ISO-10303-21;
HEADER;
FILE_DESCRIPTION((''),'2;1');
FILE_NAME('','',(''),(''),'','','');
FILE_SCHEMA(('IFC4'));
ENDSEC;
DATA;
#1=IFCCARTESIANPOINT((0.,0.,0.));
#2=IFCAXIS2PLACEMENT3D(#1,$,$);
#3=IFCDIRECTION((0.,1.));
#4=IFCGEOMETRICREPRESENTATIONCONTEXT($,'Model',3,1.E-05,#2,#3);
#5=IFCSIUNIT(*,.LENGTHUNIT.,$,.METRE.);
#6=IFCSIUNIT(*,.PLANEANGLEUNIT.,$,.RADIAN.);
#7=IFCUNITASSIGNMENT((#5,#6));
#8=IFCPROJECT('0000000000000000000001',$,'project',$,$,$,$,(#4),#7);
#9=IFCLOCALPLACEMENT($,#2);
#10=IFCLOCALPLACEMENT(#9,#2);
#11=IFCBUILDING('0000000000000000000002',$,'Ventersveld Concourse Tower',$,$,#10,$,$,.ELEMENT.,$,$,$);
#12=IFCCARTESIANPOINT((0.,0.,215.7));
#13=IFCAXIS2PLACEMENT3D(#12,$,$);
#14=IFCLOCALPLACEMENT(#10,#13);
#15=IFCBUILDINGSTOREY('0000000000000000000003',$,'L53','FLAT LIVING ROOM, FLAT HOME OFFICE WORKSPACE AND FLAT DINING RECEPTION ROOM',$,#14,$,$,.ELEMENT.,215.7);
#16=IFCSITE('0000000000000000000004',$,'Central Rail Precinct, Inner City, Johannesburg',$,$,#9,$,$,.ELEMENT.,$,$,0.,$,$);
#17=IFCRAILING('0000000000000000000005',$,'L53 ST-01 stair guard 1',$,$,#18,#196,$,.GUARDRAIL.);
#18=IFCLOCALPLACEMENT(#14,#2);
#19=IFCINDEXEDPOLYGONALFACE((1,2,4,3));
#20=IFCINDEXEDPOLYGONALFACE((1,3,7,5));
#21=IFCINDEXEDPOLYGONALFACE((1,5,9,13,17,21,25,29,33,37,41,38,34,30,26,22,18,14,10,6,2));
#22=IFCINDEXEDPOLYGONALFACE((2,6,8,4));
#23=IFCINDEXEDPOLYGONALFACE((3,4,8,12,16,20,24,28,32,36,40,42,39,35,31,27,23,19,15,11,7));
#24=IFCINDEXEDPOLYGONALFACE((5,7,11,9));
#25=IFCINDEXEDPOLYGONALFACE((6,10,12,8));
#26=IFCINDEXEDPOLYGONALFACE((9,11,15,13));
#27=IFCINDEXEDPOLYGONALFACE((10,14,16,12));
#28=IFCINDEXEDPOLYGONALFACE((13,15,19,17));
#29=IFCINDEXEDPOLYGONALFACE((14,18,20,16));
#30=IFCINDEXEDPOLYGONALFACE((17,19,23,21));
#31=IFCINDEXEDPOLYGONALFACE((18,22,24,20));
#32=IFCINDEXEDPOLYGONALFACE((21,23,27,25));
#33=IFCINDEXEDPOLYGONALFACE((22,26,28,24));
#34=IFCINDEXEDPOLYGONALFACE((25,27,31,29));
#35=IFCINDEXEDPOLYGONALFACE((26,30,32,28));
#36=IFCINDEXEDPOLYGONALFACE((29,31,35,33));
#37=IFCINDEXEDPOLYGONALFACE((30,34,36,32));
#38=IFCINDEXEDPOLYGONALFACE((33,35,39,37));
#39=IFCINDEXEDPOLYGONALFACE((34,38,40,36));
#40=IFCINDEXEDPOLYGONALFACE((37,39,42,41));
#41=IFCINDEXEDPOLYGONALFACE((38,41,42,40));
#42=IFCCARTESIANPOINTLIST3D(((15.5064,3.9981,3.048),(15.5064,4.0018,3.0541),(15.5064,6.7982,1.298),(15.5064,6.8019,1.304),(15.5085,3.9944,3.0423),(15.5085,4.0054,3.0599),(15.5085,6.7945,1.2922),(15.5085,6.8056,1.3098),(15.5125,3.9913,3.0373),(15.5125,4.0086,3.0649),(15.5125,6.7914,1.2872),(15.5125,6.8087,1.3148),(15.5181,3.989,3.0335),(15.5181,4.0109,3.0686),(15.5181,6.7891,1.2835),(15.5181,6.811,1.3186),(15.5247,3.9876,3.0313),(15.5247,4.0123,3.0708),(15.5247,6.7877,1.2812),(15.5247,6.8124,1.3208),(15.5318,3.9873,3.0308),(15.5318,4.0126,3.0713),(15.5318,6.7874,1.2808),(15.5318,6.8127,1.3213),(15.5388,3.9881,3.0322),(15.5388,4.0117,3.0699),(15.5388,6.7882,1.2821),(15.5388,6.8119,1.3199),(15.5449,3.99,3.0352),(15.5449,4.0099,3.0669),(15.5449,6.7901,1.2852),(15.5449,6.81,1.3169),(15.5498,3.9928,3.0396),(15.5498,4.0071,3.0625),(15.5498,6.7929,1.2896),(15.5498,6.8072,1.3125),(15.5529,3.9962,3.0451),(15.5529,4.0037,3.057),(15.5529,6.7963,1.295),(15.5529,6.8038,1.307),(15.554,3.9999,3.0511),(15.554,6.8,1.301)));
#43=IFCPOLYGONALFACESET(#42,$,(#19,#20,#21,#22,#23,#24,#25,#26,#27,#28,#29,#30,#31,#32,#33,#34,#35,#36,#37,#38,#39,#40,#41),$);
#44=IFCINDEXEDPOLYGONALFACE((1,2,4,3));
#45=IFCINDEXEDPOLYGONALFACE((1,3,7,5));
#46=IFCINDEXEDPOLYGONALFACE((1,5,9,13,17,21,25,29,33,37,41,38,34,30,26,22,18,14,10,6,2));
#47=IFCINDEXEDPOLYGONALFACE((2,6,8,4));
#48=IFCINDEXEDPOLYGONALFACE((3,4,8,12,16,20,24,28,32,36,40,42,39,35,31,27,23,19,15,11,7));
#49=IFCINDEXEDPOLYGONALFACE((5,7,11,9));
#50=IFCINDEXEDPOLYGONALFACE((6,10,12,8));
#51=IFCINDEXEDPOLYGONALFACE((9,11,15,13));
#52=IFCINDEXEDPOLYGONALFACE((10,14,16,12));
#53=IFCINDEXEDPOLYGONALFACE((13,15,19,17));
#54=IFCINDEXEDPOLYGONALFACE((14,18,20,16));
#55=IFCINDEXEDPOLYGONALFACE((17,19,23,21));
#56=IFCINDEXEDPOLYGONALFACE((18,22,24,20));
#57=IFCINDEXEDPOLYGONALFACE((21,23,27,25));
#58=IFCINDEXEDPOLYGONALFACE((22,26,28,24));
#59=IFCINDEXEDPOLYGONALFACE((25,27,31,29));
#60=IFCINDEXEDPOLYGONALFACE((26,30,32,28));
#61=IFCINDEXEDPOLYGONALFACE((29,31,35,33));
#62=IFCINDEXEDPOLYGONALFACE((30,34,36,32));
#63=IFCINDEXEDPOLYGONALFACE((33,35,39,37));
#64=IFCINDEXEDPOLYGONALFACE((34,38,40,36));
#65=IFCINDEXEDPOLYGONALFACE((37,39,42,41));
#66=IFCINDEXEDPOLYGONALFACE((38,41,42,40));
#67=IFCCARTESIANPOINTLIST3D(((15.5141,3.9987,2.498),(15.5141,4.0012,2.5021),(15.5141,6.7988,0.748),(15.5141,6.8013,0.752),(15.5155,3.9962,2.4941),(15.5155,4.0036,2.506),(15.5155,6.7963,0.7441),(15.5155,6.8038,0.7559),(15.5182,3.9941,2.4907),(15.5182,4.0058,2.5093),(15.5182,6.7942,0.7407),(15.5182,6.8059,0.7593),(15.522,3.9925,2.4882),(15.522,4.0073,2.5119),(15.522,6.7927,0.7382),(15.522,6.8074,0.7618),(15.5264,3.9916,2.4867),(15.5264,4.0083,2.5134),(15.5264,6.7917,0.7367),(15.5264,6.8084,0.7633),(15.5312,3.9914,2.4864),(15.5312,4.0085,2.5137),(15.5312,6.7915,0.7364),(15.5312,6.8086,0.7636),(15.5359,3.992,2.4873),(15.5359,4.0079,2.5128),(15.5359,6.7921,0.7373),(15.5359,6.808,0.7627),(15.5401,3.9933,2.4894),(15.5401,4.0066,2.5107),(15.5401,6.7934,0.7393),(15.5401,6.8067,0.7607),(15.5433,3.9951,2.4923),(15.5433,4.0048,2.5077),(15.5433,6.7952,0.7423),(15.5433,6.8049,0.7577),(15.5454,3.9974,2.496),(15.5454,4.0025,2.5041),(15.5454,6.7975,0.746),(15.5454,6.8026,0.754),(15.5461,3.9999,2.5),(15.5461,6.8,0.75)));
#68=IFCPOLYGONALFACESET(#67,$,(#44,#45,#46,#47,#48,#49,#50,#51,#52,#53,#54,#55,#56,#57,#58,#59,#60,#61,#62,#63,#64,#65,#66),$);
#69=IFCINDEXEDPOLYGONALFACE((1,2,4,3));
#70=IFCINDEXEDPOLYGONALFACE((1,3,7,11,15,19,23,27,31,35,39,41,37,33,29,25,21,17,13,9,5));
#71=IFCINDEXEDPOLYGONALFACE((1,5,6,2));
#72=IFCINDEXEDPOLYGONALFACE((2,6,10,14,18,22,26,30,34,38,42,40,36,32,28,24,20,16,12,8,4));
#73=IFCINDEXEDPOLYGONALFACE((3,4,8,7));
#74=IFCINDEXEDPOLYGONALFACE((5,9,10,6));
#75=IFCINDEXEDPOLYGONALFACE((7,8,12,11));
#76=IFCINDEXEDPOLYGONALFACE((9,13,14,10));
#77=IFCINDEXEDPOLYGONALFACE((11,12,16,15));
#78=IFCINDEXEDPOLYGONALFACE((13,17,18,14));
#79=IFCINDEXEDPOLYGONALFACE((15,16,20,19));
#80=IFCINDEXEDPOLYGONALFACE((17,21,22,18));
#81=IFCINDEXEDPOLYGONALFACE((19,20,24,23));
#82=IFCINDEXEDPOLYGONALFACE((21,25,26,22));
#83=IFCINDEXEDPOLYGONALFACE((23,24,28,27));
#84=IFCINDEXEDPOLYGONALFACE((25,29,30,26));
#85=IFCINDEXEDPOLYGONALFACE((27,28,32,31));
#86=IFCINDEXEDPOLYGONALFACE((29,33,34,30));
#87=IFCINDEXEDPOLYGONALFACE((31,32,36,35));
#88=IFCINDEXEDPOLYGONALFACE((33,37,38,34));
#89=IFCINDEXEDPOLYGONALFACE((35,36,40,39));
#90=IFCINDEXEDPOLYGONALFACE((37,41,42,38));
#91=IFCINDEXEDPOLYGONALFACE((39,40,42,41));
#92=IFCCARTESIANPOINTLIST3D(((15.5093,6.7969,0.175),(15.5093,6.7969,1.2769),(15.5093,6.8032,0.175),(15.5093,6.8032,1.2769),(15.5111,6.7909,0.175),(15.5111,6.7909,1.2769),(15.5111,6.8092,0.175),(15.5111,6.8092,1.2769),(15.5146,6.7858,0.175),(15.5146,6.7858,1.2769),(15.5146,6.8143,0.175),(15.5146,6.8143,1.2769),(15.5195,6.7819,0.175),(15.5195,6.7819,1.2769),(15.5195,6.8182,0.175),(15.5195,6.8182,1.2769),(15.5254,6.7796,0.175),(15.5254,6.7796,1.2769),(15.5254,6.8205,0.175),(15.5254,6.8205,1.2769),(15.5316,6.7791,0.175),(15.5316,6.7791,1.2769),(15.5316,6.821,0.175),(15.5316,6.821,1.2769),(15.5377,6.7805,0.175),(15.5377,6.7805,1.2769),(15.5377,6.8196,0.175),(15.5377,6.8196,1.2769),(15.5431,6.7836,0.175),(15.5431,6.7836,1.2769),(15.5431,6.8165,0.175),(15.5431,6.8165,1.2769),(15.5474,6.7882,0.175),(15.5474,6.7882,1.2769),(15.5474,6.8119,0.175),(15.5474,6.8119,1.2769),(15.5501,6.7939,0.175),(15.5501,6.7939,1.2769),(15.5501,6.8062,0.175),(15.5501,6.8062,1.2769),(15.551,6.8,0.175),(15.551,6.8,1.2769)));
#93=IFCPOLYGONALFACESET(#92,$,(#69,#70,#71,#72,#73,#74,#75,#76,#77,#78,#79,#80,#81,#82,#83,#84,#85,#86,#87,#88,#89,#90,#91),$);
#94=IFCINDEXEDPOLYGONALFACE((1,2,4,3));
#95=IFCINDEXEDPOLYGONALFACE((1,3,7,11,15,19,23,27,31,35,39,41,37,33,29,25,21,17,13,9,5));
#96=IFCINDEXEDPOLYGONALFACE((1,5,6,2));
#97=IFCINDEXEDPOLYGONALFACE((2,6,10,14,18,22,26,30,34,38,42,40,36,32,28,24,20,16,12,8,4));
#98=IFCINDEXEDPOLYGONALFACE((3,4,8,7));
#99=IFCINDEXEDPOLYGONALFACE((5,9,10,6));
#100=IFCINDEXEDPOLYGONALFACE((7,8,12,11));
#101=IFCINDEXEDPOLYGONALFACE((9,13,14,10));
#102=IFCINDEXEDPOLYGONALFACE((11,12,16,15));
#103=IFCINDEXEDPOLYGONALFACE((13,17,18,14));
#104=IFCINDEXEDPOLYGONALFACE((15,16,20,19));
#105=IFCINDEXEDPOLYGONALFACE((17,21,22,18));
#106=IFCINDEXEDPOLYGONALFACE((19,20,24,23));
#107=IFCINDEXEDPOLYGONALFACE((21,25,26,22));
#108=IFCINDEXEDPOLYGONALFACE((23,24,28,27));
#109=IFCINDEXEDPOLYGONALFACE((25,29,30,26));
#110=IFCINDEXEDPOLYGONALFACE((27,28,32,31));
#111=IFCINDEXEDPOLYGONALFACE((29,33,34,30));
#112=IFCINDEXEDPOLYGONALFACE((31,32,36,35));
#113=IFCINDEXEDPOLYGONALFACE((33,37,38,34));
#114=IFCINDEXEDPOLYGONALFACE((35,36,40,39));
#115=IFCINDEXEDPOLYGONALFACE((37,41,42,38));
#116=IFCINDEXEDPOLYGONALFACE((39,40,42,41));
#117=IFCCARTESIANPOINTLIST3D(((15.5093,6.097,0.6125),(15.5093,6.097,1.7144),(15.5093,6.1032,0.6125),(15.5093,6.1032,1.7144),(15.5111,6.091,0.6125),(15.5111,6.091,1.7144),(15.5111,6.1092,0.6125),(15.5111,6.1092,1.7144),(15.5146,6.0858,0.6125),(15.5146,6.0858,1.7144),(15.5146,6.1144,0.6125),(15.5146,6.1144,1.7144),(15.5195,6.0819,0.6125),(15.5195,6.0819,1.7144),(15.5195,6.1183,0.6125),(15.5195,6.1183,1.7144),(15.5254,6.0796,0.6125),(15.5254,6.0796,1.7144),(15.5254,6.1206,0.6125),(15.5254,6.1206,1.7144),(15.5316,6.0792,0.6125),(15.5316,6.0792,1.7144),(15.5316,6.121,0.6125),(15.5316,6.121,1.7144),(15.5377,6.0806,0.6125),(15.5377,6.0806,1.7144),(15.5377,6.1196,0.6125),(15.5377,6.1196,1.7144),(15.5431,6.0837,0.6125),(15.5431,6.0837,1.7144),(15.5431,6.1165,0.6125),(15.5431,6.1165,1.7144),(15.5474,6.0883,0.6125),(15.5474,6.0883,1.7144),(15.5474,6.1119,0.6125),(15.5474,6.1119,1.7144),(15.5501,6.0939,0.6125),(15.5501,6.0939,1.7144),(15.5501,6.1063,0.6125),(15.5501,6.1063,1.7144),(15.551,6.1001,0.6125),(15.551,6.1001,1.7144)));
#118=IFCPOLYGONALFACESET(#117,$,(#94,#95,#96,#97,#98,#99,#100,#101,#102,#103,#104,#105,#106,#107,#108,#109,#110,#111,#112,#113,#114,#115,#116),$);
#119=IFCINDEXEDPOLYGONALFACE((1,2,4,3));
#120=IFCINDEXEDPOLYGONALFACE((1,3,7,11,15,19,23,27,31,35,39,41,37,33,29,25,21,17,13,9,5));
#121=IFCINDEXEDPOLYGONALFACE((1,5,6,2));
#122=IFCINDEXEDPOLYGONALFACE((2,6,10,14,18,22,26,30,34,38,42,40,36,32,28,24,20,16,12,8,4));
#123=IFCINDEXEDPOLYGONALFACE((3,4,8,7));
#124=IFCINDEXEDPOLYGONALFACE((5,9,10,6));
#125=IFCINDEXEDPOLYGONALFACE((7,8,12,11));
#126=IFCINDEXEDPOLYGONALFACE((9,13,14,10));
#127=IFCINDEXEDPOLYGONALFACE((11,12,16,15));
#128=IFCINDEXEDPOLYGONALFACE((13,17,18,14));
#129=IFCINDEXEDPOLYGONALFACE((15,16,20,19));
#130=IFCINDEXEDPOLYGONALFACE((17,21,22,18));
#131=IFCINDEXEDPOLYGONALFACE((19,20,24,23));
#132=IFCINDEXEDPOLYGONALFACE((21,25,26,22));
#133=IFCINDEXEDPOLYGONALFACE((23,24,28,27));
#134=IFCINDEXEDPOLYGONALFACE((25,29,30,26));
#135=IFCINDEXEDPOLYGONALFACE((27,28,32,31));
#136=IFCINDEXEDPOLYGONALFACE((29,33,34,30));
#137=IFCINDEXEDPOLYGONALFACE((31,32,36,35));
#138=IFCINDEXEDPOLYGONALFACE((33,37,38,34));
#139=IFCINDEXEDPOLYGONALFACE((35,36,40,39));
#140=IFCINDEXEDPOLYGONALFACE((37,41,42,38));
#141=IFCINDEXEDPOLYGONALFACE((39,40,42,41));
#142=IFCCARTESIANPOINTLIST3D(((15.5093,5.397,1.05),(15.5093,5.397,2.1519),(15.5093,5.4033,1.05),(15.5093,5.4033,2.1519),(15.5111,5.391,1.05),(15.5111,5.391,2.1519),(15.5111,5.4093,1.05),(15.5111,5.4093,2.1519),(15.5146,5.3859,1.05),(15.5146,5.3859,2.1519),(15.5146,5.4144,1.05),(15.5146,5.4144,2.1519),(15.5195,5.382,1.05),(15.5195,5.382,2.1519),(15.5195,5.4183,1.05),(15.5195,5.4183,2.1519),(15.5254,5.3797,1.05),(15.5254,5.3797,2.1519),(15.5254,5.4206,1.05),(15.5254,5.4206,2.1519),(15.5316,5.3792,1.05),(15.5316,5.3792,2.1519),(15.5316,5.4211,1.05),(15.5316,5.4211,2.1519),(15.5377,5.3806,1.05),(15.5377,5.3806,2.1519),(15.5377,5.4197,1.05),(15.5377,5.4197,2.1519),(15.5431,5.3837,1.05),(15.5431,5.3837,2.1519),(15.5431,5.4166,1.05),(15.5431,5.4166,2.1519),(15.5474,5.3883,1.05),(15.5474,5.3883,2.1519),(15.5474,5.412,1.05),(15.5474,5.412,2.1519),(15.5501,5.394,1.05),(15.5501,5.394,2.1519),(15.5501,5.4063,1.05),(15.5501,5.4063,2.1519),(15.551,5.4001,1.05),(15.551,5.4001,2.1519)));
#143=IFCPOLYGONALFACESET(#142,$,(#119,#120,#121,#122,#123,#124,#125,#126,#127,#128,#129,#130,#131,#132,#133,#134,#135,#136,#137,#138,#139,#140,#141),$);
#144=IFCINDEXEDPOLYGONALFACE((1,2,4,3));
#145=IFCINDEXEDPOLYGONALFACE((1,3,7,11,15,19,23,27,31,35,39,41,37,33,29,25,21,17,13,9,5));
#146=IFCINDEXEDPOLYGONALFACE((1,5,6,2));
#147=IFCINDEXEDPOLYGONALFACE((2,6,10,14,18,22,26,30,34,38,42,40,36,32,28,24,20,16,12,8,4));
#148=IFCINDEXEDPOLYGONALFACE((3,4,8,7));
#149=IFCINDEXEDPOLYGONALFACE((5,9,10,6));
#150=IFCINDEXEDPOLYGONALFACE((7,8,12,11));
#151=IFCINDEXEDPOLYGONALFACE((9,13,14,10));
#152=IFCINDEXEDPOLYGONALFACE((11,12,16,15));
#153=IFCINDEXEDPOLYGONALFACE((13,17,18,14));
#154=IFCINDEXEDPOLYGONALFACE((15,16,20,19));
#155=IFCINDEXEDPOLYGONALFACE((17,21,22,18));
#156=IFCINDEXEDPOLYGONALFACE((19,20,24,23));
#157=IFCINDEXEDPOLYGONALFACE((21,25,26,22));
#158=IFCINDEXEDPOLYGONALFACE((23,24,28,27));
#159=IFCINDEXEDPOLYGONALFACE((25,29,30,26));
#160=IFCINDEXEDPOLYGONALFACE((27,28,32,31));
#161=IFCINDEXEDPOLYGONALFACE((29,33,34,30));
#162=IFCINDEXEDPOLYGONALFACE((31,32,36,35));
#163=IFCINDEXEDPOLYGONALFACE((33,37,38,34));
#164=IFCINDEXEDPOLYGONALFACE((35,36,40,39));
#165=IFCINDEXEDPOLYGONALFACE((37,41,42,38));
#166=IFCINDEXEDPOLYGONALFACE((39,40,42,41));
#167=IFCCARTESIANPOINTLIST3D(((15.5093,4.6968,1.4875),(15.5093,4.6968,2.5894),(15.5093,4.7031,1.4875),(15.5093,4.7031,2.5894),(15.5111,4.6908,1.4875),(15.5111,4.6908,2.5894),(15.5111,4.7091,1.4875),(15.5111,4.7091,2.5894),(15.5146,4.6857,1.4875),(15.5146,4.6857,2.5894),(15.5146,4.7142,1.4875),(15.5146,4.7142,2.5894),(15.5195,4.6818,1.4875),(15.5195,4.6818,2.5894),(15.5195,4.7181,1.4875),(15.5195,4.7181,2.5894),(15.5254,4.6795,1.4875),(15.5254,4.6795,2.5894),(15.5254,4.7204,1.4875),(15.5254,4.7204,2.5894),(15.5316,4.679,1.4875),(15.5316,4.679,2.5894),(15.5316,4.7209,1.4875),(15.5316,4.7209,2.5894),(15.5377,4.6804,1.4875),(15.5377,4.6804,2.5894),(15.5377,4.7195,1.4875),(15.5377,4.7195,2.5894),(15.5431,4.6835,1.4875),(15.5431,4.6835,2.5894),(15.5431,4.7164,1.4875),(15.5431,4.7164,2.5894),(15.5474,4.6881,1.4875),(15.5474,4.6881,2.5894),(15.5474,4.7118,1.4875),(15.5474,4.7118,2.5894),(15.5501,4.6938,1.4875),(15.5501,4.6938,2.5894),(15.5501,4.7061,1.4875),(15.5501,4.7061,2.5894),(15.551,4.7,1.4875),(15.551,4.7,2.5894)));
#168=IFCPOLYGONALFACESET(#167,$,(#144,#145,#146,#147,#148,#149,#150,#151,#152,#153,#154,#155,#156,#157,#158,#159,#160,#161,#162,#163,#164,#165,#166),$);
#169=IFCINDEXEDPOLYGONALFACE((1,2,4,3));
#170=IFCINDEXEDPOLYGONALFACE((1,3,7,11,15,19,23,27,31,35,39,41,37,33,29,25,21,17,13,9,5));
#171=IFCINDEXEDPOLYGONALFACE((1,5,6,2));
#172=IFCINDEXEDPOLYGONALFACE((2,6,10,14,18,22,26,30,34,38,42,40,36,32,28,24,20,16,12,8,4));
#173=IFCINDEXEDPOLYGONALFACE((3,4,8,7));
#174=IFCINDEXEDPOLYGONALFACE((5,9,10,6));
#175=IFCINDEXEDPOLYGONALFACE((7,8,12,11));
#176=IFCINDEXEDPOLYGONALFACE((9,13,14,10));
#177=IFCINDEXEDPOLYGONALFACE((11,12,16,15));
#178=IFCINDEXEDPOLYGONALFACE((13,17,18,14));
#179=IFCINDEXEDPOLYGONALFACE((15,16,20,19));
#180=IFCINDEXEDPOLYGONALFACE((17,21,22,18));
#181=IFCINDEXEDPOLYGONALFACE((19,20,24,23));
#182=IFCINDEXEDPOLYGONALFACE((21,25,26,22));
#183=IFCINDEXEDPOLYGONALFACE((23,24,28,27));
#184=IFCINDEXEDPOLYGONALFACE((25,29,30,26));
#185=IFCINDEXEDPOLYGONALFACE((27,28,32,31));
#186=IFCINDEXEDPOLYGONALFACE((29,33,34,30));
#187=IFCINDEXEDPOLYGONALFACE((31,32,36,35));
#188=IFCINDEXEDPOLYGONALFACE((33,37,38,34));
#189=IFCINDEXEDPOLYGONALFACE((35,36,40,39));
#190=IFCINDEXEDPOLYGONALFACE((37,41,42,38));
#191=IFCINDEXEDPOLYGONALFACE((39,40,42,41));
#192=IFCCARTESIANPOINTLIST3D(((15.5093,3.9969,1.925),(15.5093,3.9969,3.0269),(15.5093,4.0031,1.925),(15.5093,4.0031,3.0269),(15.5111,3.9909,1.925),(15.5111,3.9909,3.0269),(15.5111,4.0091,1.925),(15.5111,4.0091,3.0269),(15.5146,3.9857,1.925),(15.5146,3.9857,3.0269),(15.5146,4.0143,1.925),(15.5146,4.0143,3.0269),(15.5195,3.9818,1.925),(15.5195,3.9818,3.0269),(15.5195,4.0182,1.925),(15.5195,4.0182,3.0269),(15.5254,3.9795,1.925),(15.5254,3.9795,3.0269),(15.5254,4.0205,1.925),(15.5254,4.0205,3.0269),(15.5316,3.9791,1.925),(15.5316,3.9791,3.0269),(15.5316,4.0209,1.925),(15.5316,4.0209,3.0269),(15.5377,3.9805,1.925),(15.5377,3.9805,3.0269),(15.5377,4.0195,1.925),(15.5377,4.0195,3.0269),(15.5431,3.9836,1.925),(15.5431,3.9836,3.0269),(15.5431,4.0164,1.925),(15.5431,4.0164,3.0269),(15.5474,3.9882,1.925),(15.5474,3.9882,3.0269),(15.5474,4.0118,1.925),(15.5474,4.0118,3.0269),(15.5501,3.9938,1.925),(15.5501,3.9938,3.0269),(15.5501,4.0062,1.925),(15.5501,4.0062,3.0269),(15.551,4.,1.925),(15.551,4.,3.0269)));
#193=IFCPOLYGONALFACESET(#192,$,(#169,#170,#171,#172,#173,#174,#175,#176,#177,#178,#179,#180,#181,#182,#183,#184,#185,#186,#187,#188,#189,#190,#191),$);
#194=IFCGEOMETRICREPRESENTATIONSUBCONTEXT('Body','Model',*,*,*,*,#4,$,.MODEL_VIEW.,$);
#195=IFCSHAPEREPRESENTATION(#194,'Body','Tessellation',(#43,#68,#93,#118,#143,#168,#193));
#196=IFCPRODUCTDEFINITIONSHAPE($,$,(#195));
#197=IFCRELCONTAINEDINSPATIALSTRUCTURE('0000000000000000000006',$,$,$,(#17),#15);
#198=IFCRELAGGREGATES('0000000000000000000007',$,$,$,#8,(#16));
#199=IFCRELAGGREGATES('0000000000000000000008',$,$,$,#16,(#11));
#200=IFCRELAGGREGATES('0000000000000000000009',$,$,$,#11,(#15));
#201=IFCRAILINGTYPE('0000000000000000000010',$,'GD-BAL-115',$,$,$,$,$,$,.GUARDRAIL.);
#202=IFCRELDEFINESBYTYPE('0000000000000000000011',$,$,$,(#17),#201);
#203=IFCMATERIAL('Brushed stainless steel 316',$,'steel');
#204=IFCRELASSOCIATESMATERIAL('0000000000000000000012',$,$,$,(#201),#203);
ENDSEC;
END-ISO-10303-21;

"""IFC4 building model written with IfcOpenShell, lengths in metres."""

from ifc_helpers import new_model, si_unit, direction, frame, origin, origin_2d, place, context, subcontext, project, spatial, circle, extrude, material, type_object, element, save


model = new_model("IFC4")

# Units and contexts
model_context = context("Model", 3, precision=1e-05, world=origin(), true_north=direction((0.0, 1.0)))
body_context = subcontext(model_context, "Body", "Model", "MODEL_VIEW")
ifc_project = project(units=[si_unit("LENGTHUNIT", "METRE"), si_unit("PLANEANGLEUNIT", "RADIAN")], contexts=[model_context])

# Site, building, storey
site_placement = place(None, origin())
site = spatial("IfcSite", under=ifc_project, at=site_placement, Name="Central Rail Precinct, Inner City, Johannesburg", CompositionType="ELEMENT", RefElevation=0.0)
building_placement = place(site_placement, origin())
building = spatial("IfcBuilding", under=site, at=building_placement, Name="Ventersveld Concourse Tower", CompositionType="ELEMENT")
storey_placement = place(building_placement, frame((0.0, 0.0, 215.7)))
storey = spatial("IfcBuildingStorey", under=building, at=storey_placement, Name="L53", Description="FLAT LIVING ROOM, FLAT HOME OFFICE WORKSPACE AND FLAT DINING RECEPTION ROOM", CompositionType="ELEMENT", Elevation=215.7)

# Railing
ifc_material_1 = material(Name="Brushed stainless steel 316", Category="steel")
railing_type_1 = type_object("IfcRailingType", Name="GD-BAL-115", PredefinedType="GUARDRAIL", material=ifc_material_1)
railing_1_placement = place(storey_placement, frame((15.53, 6.8, 0.175)))
element("IfcRailing", 1, at=railing_1_placement, inside=storey, type_object=railing_type_1, Name="L53 ST-01 stair guard 1", PredefinedType="GUARDRAIL", context=body_context, shape_type="SweptSolid", body=[
    extrude(circle(Radius=0.0239, at=origin_2d()), frame((0.0, 0.0, 1.126), z_axis=(0.0, -0.848002, 0.529992), x_axis=(1.0, 0.0, 0.0)), (0.0, 0.0, 1.0), 3.302),
    extrude(circle(Radius=0.0161, at=origin_2d()), frame((0.0, 0.0, 0.575), z_axis=(0.0, -0.848002, 0.529992), x_axis=(1.0, 0.0, 0.0)), (0.0, 0.0, 1.0), 3.302),
    extrude(circle(Radius=0.021, at=origin_2d()), origin(), (0.0, 0.0, 1.0), 1.1018),
    extrude(circle(Radius=0.021, at=origin_2d()), frame((0.0, -0.7, 0.4375)), (0.0, 0.0, 1.0), 1.1018),
    extrude(circle(Radius=0.021, at=origin_2d()), frame((0.0, -1.3999, 0.875)), (0.0, 0.0, 1.0), 1.1018),
    extrude(circle(Radius=0.021, at=origin_2d()), frame((0.0, -2.1001, 1.3125)), (0.0, 0.0, 1.0), 1.1018),
    extrude(circle(Radius=0.021, at=origin_2d()), frame((0.0, -2.8, 1.75)), (0.0, 0.0, 1.0), 1.1018),
])

save(model, "model.ifc")
